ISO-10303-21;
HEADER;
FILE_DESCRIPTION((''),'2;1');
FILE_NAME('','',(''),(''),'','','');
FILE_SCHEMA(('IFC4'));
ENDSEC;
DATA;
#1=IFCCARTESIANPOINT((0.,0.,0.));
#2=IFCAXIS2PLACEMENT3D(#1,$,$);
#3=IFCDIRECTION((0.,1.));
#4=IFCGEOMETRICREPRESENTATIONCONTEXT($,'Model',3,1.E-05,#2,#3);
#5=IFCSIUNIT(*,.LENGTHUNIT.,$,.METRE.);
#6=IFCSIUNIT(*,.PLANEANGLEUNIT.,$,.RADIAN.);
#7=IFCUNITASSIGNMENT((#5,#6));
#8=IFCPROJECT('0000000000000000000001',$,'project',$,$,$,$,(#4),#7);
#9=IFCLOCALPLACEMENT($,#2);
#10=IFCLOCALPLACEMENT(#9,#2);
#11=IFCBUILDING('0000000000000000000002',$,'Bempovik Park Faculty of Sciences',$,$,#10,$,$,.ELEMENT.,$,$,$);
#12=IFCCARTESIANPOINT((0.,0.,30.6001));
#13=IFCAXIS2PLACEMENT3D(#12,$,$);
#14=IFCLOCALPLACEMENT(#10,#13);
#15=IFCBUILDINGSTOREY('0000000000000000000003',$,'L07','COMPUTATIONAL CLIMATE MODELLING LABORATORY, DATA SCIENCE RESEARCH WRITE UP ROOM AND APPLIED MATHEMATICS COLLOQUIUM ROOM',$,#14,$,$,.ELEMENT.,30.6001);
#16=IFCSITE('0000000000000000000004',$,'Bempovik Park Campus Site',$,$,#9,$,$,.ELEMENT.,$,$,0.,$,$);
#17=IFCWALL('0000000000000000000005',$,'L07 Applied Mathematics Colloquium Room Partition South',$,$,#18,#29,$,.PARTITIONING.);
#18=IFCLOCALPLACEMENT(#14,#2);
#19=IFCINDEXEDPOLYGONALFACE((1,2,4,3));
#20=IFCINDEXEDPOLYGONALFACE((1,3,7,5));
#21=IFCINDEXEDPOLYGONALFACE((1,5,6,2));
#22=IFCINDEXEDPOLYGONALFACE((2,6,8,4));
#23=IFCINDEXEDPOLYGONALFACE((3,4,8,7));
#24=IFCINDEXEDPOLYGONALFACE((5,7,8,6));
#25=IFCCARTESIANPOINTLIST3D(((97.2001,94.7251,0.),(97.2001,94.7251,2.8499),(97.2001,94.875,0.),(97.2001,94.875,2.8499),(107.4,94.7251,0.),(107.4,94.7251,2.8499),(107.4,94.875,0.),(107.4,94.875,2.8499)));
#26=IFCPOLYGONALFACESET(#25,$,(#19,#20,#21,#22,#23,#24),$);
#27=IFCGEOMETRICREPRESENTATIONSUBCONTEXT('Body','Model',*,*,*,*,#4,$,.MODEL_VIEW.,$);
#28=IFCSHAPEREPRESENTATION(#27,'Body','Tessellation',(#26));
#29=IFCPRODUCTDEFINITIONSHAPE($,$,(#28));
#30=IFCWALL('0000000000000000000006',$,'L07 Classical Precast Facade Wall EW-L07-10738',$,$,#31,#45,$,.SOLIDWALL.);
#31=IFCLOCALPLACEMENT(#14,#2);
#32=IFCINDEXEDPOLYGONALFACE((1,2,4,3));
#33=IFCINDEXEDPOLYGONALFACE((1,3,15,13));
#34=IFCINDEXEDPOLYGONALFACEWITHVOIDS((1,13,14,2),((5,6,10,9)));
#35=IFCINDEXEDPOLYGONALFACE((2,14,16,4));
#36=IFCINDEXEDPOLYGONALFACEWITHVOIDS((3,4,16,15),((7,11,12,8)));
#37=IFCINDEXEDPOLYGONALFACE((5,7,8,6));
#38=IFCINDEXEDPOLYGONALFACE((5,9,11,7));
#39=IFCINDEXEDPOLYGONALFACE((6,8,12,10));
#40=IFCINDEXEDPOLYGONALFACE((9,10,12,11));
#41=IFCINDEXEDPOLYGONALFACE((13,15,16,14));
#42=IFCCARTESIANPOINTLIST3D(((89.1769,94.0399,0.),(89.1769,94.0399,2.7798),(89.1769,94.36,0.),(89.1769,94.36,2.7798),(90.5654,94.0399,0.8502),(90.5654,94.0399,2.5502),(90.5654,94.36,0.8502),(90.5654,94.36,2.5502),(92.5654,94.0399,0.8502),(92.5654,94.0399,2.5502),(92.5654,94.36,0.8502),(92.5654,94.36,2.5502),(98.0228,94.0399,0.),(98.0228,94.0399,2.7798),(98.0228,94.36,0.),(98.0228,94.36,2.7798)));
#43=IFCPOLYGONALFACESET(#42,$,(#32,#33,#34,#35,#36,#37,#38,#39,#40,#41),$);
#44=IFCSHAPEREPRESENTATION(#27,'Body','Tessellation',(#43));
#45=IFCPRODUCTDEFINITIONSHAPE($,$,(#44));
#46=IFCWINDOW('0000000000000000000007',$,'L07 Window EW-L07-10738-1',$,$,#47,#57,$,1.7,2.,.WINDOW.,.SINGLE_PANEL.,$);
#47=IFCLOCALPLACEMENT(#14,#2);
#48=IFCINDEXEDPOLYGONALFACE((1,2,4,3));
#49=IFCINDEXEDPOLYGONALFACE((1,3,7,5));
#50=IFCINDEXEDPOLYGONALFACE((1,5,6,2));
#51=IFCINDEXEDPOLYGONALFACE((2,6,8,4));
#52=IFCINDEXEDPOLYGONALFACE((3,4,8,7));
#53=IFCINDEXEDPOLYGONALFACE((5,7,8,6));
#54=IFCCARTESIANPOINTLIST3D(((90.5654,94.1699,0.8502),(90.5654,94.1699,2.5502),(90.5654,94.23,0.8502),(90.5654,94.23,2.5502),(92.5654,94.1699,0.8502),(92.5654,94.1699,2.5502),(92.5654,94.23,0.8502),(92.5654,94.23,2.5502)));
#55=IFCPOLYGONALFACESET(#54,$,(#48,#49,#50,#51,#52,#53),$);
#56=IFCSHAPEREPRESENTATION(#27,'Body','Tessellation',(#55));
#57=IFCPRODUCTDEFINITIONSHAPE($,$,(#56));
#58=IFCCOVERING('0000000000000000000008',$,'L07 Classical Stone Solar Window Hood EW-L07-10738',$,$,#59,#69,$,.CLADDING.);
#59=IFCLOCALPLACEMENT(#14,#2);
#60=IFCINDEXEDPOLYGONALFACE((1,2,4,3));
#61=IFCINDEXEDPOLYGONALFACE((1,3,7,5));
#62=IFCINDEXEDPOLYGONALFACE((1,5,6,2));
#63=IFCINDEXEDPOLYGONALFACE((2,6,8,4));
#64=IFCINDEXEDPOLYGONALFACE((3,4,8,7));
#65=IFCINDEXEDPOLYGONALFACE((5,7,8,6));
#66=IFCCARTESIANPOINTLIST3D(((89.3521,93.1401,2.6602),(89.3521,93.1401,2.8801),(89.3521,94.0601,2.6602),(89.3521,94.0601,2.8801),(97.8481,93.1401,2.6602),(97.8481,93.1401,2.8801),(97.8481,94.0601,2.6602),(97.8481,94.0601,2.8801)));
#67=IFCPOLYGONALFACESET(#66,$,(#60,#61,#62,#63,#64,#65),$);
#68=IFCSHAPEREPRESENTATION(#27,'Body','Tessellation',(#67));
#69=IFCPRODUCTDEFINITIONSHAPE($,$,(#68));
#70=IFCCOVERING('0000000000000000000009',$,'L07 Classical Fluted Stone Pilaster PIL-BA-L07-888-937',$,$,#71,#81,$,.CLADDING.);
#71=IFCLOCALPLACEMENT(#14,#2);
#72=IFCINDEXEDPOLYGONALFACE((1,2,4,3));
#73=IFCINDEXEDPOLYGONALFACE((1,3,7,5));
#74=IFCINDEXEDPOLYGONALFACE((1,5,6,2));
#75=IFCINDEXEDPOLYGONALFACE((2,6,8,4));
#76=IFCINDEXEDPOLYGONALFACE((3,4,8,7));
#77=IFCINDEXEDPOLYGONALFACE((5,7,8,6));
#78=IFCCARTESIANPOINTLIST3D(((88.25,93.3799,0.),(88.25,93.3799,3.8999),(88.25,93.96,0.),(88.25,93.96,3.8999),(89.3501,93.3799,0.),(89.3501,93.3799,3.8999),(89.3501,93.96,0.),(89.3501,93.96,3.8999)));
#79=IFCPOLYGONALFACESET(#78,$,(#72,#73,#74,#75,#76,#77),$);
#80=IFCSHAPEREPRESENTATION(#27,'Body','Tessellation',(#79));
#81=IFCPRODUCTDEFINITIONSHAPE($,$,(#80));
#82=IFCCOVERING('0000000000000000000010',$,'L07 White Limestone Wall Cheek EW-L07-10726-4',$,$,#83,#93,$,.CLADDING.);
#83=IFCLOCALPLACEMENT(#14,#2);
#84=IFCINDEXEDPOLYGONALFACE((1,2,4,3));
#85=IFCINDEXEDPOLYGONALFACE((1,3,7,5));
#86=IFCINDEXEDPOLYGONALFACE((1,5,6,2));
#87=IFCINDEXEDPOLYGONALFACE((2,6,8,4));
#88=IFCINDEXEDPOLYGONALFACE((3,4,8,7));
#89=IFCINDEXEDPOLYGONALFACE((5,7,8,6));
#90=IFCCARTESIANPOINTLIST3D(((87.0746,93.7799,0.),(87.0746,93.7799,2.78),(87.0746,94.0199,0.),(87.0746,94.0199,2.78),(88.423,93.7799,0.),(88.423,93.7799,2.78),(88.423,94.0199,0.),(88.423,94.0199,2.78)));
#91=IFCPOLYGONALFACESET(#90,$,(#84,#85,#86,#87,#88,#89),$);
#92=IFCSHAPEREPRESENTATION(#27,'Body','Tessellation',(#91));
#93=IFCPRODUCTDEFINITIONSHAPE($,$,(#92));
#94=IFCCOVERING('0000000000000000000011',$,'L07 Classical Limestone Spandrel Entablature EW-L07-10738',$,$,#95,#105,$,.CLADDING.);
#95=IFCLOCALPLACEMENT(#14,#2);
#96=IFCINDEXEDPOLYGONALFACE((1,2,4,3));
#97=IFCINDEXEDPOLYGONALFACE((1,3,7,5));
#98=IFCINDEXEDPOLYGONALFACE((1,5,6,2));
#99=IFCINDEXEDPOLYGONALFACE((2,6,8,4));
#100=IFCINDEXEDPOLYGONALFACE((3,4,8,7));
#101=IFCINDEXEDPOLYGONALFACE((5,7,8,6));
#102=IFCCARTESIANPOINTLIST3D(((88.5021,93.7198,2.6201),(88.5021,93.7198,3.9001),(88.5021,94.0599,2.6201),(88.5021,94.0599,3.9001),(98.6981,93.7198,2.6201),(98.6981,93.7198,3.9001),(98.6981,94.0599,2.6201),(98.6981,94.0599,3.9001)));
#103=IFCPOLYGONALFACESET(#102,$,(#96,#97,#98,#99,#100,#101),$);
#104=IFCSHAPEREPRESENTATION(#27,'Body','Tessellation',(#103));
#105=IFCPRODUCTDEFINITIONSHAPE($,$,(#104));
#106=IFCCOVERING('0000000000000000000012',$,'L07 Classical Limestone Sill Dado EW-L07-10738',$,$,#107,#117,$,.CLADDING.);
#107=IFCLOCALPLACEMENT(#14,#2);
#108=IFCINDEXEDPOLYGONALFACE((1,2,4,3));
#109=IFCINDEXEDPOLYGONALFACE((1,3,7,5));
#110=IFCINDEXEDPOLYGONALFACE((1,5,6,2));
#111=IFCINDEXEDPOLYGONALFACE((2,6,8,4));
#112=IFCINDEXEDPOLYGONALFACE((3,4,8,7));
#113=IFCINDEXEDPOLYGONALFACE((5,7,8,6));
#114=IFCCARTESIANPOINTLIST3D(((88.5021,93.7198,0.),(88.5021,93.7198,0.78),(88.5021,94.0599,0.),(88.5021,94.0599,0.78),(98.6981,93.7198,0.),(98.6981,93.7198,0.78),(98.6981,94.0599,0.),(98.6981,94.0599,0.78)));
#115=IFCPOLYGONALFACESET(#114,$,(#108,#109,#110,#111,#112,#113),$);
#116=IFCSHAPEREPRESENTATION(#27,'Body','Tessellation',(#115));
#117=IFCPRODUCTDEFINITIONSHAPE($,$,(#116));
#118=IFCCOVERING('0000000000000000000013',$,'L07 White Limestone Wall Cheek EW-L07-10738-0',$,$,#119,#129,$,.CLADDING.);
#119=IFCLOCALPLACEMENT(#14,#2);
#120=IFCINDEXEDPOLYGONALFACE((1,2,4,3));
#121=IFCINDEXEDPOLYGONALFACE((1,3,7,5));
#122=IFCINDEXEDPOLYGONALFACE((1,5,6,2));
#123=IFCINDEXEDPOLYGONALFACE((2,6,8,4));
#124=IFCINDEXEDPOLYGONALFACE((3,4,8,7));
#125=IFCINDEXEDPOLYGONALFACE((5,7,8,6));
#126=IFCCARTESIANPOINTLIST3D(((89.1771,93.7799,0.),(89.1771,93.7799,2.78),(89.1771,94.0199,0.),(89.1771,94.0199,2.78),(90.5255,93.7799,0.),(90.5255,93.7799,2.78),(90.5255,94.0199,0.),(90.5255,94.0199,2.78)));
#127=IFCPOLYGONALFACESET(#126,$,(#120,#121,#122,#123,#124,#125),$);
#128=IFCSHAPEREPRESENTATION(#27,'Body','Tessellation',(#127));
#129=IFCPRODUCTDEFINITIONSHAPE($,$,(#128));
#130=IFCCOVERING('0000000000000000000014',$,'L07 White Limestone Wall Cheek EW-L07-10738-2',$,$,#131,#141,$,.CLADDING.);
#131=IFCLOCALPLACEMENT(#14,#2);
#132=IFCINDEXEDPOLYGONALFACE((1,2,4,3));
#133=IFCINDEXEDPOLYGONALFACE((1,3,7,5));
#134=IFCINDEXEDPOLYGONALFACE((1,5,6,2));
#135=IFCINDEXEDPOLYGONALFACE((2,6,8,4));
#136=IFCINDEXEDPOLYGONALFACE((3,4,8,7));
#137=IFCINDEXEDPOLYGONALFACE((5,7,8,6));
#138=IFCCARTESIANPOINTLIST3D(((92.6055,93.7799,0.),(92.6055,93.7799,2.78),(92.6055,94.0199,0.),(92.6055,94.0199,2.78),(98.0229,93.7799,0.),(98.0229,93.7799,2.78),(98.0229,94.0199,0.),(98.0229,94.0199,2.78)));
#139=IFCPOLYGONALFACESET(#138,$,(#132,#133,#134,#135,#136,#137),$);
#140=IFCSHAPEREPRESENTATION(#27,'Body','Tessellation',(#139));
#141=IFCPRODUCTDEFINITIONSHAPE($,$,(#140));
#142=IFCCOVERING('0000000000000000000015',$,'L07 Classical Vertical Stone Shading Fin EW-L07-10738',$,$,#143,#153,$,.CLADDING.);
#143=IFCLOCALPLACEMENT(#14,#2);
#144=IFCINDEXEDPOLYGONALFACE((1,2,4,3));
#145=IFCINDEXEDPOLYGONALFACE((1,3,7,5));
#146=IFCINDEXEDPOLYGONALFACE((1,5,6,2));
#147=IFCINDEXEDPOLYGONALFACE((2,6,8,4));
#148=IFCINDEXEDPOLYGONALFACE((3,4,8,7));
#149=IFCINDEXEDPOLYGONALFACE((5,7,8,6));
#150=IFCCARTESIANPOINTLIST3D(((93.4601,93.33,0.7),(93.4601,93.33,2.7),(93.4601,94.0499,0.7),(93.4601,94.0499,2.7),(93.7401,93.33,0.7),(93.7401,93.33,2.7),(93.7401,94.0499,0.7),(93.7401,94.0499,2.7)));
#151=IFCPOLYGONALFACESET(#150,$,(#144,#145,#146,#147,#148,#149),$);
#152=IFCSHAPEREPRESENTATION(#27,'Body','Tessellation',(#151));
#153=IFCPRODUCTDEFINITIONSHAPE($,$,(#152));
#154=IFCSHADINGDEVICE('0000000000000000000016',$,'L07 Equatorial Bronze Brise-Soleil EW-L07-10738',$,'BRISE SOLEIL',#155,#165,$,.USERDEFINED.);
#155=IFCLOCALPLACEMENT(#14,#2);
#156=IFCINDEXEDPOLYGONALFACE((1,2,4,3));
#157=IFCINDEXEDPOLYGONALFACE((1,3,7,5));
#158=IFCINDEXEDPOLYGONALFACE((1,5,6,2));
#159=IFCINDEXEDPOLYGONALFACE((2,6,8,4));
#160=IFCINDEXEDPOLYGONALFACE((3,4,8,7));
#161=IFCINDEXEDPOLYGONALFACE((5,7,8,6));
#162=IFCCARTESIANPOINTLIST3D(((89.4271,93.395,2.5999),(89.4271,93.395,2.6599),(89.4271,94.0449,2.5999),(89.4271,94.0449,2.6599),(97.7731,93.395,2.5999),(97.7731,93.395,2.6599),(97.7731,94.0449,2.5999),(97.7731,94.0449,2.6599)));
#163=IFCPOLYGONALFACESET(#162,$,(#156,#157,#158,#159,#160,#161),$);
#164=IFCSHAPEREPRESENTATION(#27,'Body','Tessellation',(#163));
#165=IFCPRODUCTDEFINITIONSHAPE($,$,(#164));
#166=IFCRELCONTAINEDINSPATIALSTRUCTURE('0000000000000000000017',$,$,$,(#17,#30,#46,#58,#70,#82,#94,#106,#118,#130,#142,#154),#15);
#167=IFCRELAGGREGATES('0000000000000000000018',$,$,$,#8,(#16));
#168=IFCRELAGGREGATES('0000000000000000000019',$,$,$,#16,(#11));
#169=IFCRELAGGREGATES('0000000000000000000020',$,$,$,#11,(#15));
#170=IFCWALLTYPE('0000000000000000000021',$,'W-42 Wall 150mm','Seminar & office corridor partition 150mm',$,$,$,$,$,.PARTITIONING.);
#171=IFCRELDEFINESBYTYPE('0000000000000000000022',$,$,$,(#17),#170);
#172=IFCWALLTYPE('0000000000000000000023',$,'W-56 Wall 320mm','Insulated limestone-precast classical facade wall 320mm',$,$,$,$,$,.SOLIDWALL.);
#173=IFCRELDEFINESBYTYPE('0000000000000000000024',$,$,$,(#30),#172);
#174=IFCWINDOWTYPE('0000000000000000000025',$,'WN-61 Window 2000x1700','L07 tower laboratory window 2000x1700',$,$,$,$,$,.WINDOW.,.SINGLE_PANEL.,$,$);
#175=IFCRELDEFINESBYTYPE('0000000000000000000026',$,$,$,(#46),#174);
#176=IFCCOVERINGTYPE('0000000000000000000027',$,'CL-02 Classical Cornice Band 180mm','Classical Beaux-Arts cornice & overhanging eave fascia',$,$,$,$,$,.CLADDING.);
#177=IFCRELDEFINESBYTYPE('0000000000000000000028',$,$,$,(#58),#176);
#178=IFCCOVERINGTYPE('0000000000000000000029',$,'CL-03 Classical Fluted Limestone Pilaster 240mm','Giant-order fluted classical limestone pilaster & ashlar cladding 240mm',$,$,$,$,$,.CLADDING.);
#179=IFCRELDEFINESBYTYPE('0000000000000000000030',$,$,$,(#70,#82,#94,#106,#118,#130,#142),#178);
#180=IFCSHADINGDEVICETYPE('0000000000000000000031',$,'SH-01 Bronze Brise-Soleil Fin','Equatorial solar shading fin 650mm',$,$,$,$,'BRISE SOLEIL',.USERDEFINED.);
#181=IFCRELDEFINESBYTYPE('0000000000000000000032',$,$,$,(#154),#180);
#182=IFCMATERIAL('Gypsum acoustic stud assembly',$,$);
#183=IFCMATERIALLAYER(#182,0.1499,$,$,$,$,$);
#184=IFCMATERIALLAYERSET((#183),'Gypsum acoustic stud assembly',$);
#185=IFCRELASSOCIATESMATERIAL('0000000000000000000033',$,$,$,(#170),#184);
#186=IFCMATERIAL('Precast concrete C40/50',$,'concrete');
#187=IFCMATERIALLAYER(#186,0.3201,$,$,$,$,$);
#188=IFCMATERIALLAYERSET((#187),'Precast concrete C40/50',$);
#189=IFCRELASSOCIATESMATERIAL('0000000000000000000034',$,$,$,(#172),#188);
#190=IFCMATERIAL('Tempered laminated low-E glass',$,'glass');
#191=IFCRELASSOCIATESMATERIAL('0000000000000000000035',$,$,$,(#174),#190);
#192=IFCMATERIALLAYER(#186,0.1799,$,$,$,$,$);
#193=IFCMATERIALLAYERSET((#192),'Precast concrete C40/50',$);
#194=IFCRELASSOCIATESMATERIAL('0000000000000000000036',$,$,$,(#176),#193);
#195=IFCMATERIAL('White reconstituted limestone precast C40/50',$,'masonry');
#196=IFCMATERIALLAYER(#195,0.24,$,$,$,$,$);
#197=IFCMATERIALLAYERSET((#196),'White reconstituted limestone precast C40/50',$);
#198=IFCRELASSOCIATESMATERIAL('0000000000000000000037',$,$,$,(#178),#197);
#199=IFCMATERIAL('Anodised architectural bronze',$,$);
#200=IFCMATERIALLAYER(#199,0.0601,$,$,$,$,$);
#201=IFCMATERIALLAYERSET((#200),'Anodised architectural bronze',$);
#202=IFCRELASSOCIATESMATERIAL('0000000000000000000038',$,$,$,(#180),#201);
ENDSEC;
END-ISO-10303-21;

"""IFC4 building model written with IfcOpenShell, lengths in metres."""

from ifc_helpers import new_model, si_unit, direction, frame, frame_2d, origin, origin_2d, place, context, subcontext, project, spatial, rectangle, extrude, material, layer, layer_set, type_object, element, fill, save


model = new_model("IFC4")

# Units and contexts
model_context = context("Model", 3, precision=1e-05, world=origin(), true_north=direction((0.0, 1.0)))
body_context = subcontext(model_context, "Body", "Model", "MODEL_VIEW")
ifc_project = project(units=[si_unit("LENGTHUNIT", "METRE"), si_unit("PLANEANGLEUNIT", "RADIAN")], contexts=[model_context])

# Site, building, storey
site_placement = place(None, origin())
site = spatial("IfcSite", under=ifc_project, at=site_placement, Name="Bempovik Park Campus Site", CompositionType="ELEMENT", RefElevation=0.0)
building_placement = place(site_placement, origin())
building = spatial("IfcBuilding", under=site, at=building_placement, Name="Bempovik Park Faculty of Sciences", CompositionType="ELEMENT")
storey_placement = place(building_placement, frame((0.0, 0.0, 30.6001)))
storey = spatial("IfcBuildingStorey", under=building, at=storey_placement, Name="L07", Description="COMPUTATIONAL CLIMATE MODELLING LABORATORY, DATA SCIENCE RESEARCH WRITE UP ROOM AND APPLIED MATHEMATICS COLLOQUIUM ROOM", CompositionType="ELEMENT", Elevation=30.6001)

# Shared definitions
ifc_material_1 = material(Name="Gypsum acoustic stud assembly")

# Wall
ifc_layer_1 = layer(ifc_material_1, 0.1499)
ifc_layer_set_1 = layer_set([ifc_layer_1], Name="Gypsum acoustic stud assembly")
wall_type_1 = type_object("IfcWallType", Name="W-42 Wall 150mm", Description="Seminar & office corridor partition 150mm", PredefinedType="PARTITIONING", material=ifc_layer_set_1)
wall_1_placement = place(storey_placement, frame((97.2, 94.8, 0.0), z_axis=(0.0, 0.0, 1.0), x_axis=(1.0, 0.0, 0.0)))
element("IfcWall", 1, at=wall_1_placement, inside=storey, type_object=wall_type_1, Name="L07 Applied Mathematics Colloquium Room Partition South", PredefinedType="PARTITIONING", context=body_context, shape_type="SweptSolid", body=[
    extrude(rectangle(XDim=10.2, YDim=0.1499, at=frame_2d((5.1001, 0.0))), origin(), (0.0, 0.0, 1.0), 2.8499),
])

# Wall, opening, window
ifc_material_2 = material(Name="Precast concrete C40/50", Category="concrete")
ifc_layer_2 = layer(ifc_material_2, 0.3201)
ifc_layer_set_2 = layer_set([ifc_layer_2], Name="Precast concrete C40/50")
wall_type_2 = type_object("IfcWallType", Name="W-56 Wall 320mm", Description="Insulated limestone-precast classical facade wall 320mm", PredefinedType="SOLIDWALL", material=ifc_layer_set_2)
wall_2_placement = place(storey_placement, frame((89.177, 94.2, 0.0), z_axis=(0.0, 0.0, 1.0), x_axis=(1.0, 0.0, 0.0)))
wall_2 = element("IfcWall", 2, at=wall_2_placement, inside=storey, type_object=wall_type_2, Name="L07 Classical Precast Facade Wall EW-L07-10738", PredefinedType="SOLIDWALL", context=body_context, shape_type="SweptSolid", body=[
    extrude(rectangle(XDim=8.8459, YDim=0.3201, at=frame_2d((4.4229, 0.0))), origin(), (0.0, 0.0, 1.0), 2.7798),
])
opening_1_placement = place(wall_2_placement, frame((1.3884, 0.0, 0.8501)))
opening_1 = element("IfcOpeningElement", 3, at=opening_1_placement, cuts=wall_2, PredefinedType="OPENING", context=body_context, shape_type="SweptSolid", body=[
    extrude(rectangle(XDim=2.0, YDim=1.7, at=frame_2d((1.0, 0.8501))), frame((0.0, 0.1699, 0.0), z_axis=(0.0, -1.0, 0.0), x_axis=(1.0, 0.0, 0.0)), (0.0, 0.0, 1.0), 0.3401),
])
ifc_material_3 = material(Name="Tempered laminated low-E glass", Category="glass")
window_type = type_object("IfcWindowType", Name="WN-61 Window 2000x1700", Description="L07 tower laboratory window 2000x1700", PartitioningType="SINGLE_PANEL", PredefinedType="WINDOW", material=ifc_material_3)
window_placement = place(opening_1_placement, origin())
window = element("IfcWindow", 4, at=window_placement, inside=storey, type_object=window_type, Name="L07 Window EW-L07-10738-1", OverallHeight=1.7, OverallWidth=2.0, PartitioningType="SINGLE_PANEL", PredefinedType="WINDOW", context=body_context, shape_type="SweptSolid", body=[
    extrude(rectangle(XDim=2.0, YDim=1.7, at=frame_2d((1.0, 0.8501))), frame((0.0, 0.03, 0.0), z_axis=(0.0, -1.0, 0.0), x_axis=(1.0, 0.0, 0.0)), (0.0, 0.0, 1.0), 0.0601),
])
fill(opening_1, window)

# Coverings
ifc_layer_3 = layer(ifc_material_2, 0.1799)
ifc_layer_set_3 = layer_set([ifc_layer_3], Name="Precast concrete C40/50")
covering_type_1 = type_object("IfcCoveringType", Name="CL-02 Classical Cornice Band 180mm", Description="Classical Beaux-Arts cornice & overhanging eave fascia", PredefinedType="CLADDING", material=ifc_layer_set_3)
covering_1_placement = place(storey_placement, frame((93.6001, 93.6001, 2.6602), z_axis=(0.0, 0.0, 1.0), x_axis=(1.0, 0.0, 0.0)))
element("IfcCovering", 5, at=covering_1_placement, inside=storey, type_object=covering_type_1, Name="L07 Classical Stone Solar Window Hood EW-L07-10738", PredefinedType="CLADDING", context=body_context, shape_type="SweptSolid", body=[
    extrude(rectangle(XDim=8.4961, YDim=0.9199, at=origin_2d()), origin(), (0.0, 0.0, 1.0), 0.22),
])
ifc_material_4 = material(Name="White reconstituted limestone precast C40/50", Category="masonry")
ifc_layer_4 = layer(ifc_material_4, 0.24)
ifc_layer_set_4 = layer_set([ifc_layer_4], Name="White reconstituted limestone precast C40/50")
covering_type_2 = type_object("IfcCoveringType", Name="CL-03 Classical Fluted Limestone Pilaster 240mm", Description="Giant-order fluted classical limestone pilaster & ashlar cladding 240mm", PredefinedType="CLADDING", material=ifc_layer_set_4)
covering_2_placement = place(storey_placement, frame((88.8, 93.6699, 0.0), z_axis=(0.0, 0.0, 1.0), x_axis=(1.0, 0.0, 0.0)))
element("IfcCovering", 6, at=covering_2_placement, inside=storey, type_object=covering_type_2, Name="L07 Classical Fluted Stone Pilaster PIL-BA-L07-888-937", PredefinedType="CLADDING", context=body_context, shape_type="SweptSolid", body=[
    extrude(rectangle(XDim=1.1001, YDim=0.5801, at=origin_2d()), origin(), (0.0, 0.0, 1.0), 3.8999),
])
covering_3_placement = place(storey_placement, frame((87.7488, 93.8999, 0.0), z_axis=(0.0, 0.0, 1.0), x_axis=(1.0, 0.0, 0.0)))
element("IfcCovering", 7, at=covering_3_placement, inside=storey, type_object=covering_type_2, Name="L07 White Limestone Wall Cheek EW-L07-10726-4", PredefinedType="CLADDING", context=body_context, shape_type="SweptSolid", body=[
    extrude(rectangle(XDim=1.3484, YDim=0.24, at=origin_2d()), origin(), (0.0, 0.0, 1.0), 2.78),
])
covering_4_placement = place(storey_placement, frame((93.6001, 93.8899, 2.6201), z_axis=(0.0, 0.0, 1.0), x_axis=(1.0, 0.0, 0.0)))
element("IfcCovering", 8, at=covering_4_placement, inside=storey, type_object=covering_type_2, Name="L07 Classical Limestone Spandrel Entablature EW-L07-10738", PredefinedType="CLADDING", context=body_context, shape_type="SweptSolid", body=[
    extrude(rectangle(XDim=10.196, YDim=0.3401, at=origin_2d()), origin(), (0.0, 0.0, 1.0), 1.28),
])
covering_5_placement = place(storey_placement, frame((93.6001, 93.8899, 0.0), z_axis=(0.0, 0.0, 1.0), x_axis=(1.0, 0.0, 0.0)))
element("IfcCovering", 9, at=covering_5_placement, inside=storey, type_object=covering_type_2, Name="L07 Classical Limestone Sill Dado EW-L07-10738", PredefinedType="CLADDING", context=body_context, shape_type="SweptSolid", body=[
    extrude(rectangle(XDim=10.196, YDim=0.3401, at=origin_2d()), origin(), (0.0, 0.0, 1.0), 0.78),
])
covering_6_placement = place(storey_placement, frame((89.8513, 93.8999, 0.0), z_axis=(0.0, 0.0, 1.0), x_axis=(1.0, 0.0, 0.0)))
element("IfcCovering", 10, at=covering_6_placement, inside=storey, type_object=covering_type_2, Name="L07 White Limestone Wall Cheek EW-L07-10738-0", PredefinedType="CLADDING", context=body_context, shape_type="SweptSolid", body=[
    extrude(rectangle(XDim=1.3484, YDim=0.24, at=origin_2d()), origin(), (0.0, 0.0, 1.0), 2.78),
])
covering_7_placement = place(storey_placement, frame((95.3142, 93.8999, 0.0), z_axis=(0.0, 0.0, 1.0), x_axis=(1.0, 0.0, 0.0)))
element("IfcCovering", 11, at=covering_7_placement, inside=storey, type_object=covering_type_2, Name="L07 White Limestone Wall Cheek EW-L07-10738-2", PredefinedType="CLADDING", context=body_context, shape_type="SweptSolid", body=[
    extrude(rectangle(XDim=5.4175, YDim=0.24, at=origin_2d()), origin(), (0.0, 0.0, 1.0), 2.78),
])
covering_8_placement = place(storey_placement, frame((93.6001, 93.6899, 0.7), z_axis=(0.0, 0.0, 1.0), x_axis=(1.0, 0.0, 0.0)))
element("IfcCovering", 12, at=covering_8_placement, inside=storey, type_object=covering_type_2, Name="L07 Classical Vertical Stone Shading Fin EW-L07-10738", PredefinedType="CLADDING", context=body_context, shape_type="SweptSolid", body=[
    extrude(rectangle(XDim=0.28, YDim=0.72, at=origin_2d()), origin(), (0.0, 0.0, 1.0), 2.0),
])

# Shading device
ifc_material_5 = material(Name="Anodised architectural bronze")
ifc_layer_5 = layer(ifc_material_5, 0.0601)
ifc_layer_set_5 = layer_set([ifc_layer_5], Name="Anodised architectural bronze")
shading_device_type = type_object("IfcShadingDeviceType", Name="SH-01 Bronze Brise-Soleil Fin", Description="Equatorial solar shading fin 650mm", ElementType="BRISE SOLEIL", PredefinedType="USERDEFINED", material=ifc_layer_set_5)
shading_device_placement = place(storey_placement, frame((93.6001, 93.72, 2.5999), z_axis=(0.0, 0.0, 1.0), x_axis=(1.0, 0.0, 0.0)))
element("IfcShadingDevice", 13, at=shading_device_placement, inside=storey, type_object=shading_device_type, Name="L07 Equatorial Bronze Brise-Soleil EW-L07-10738", ObjectType="BRISE SOLEIL", PredefinedType="USERDEFINED", context=body_context, shape_type="SweptSolid", body=[
    extrude(rectangle(XDim=8.3459, YDim=0.6499, at=origin_2d()), origin(), (0.0, 0.0, 1.0), 0.0601),
])

save(model, "model.ifc")
